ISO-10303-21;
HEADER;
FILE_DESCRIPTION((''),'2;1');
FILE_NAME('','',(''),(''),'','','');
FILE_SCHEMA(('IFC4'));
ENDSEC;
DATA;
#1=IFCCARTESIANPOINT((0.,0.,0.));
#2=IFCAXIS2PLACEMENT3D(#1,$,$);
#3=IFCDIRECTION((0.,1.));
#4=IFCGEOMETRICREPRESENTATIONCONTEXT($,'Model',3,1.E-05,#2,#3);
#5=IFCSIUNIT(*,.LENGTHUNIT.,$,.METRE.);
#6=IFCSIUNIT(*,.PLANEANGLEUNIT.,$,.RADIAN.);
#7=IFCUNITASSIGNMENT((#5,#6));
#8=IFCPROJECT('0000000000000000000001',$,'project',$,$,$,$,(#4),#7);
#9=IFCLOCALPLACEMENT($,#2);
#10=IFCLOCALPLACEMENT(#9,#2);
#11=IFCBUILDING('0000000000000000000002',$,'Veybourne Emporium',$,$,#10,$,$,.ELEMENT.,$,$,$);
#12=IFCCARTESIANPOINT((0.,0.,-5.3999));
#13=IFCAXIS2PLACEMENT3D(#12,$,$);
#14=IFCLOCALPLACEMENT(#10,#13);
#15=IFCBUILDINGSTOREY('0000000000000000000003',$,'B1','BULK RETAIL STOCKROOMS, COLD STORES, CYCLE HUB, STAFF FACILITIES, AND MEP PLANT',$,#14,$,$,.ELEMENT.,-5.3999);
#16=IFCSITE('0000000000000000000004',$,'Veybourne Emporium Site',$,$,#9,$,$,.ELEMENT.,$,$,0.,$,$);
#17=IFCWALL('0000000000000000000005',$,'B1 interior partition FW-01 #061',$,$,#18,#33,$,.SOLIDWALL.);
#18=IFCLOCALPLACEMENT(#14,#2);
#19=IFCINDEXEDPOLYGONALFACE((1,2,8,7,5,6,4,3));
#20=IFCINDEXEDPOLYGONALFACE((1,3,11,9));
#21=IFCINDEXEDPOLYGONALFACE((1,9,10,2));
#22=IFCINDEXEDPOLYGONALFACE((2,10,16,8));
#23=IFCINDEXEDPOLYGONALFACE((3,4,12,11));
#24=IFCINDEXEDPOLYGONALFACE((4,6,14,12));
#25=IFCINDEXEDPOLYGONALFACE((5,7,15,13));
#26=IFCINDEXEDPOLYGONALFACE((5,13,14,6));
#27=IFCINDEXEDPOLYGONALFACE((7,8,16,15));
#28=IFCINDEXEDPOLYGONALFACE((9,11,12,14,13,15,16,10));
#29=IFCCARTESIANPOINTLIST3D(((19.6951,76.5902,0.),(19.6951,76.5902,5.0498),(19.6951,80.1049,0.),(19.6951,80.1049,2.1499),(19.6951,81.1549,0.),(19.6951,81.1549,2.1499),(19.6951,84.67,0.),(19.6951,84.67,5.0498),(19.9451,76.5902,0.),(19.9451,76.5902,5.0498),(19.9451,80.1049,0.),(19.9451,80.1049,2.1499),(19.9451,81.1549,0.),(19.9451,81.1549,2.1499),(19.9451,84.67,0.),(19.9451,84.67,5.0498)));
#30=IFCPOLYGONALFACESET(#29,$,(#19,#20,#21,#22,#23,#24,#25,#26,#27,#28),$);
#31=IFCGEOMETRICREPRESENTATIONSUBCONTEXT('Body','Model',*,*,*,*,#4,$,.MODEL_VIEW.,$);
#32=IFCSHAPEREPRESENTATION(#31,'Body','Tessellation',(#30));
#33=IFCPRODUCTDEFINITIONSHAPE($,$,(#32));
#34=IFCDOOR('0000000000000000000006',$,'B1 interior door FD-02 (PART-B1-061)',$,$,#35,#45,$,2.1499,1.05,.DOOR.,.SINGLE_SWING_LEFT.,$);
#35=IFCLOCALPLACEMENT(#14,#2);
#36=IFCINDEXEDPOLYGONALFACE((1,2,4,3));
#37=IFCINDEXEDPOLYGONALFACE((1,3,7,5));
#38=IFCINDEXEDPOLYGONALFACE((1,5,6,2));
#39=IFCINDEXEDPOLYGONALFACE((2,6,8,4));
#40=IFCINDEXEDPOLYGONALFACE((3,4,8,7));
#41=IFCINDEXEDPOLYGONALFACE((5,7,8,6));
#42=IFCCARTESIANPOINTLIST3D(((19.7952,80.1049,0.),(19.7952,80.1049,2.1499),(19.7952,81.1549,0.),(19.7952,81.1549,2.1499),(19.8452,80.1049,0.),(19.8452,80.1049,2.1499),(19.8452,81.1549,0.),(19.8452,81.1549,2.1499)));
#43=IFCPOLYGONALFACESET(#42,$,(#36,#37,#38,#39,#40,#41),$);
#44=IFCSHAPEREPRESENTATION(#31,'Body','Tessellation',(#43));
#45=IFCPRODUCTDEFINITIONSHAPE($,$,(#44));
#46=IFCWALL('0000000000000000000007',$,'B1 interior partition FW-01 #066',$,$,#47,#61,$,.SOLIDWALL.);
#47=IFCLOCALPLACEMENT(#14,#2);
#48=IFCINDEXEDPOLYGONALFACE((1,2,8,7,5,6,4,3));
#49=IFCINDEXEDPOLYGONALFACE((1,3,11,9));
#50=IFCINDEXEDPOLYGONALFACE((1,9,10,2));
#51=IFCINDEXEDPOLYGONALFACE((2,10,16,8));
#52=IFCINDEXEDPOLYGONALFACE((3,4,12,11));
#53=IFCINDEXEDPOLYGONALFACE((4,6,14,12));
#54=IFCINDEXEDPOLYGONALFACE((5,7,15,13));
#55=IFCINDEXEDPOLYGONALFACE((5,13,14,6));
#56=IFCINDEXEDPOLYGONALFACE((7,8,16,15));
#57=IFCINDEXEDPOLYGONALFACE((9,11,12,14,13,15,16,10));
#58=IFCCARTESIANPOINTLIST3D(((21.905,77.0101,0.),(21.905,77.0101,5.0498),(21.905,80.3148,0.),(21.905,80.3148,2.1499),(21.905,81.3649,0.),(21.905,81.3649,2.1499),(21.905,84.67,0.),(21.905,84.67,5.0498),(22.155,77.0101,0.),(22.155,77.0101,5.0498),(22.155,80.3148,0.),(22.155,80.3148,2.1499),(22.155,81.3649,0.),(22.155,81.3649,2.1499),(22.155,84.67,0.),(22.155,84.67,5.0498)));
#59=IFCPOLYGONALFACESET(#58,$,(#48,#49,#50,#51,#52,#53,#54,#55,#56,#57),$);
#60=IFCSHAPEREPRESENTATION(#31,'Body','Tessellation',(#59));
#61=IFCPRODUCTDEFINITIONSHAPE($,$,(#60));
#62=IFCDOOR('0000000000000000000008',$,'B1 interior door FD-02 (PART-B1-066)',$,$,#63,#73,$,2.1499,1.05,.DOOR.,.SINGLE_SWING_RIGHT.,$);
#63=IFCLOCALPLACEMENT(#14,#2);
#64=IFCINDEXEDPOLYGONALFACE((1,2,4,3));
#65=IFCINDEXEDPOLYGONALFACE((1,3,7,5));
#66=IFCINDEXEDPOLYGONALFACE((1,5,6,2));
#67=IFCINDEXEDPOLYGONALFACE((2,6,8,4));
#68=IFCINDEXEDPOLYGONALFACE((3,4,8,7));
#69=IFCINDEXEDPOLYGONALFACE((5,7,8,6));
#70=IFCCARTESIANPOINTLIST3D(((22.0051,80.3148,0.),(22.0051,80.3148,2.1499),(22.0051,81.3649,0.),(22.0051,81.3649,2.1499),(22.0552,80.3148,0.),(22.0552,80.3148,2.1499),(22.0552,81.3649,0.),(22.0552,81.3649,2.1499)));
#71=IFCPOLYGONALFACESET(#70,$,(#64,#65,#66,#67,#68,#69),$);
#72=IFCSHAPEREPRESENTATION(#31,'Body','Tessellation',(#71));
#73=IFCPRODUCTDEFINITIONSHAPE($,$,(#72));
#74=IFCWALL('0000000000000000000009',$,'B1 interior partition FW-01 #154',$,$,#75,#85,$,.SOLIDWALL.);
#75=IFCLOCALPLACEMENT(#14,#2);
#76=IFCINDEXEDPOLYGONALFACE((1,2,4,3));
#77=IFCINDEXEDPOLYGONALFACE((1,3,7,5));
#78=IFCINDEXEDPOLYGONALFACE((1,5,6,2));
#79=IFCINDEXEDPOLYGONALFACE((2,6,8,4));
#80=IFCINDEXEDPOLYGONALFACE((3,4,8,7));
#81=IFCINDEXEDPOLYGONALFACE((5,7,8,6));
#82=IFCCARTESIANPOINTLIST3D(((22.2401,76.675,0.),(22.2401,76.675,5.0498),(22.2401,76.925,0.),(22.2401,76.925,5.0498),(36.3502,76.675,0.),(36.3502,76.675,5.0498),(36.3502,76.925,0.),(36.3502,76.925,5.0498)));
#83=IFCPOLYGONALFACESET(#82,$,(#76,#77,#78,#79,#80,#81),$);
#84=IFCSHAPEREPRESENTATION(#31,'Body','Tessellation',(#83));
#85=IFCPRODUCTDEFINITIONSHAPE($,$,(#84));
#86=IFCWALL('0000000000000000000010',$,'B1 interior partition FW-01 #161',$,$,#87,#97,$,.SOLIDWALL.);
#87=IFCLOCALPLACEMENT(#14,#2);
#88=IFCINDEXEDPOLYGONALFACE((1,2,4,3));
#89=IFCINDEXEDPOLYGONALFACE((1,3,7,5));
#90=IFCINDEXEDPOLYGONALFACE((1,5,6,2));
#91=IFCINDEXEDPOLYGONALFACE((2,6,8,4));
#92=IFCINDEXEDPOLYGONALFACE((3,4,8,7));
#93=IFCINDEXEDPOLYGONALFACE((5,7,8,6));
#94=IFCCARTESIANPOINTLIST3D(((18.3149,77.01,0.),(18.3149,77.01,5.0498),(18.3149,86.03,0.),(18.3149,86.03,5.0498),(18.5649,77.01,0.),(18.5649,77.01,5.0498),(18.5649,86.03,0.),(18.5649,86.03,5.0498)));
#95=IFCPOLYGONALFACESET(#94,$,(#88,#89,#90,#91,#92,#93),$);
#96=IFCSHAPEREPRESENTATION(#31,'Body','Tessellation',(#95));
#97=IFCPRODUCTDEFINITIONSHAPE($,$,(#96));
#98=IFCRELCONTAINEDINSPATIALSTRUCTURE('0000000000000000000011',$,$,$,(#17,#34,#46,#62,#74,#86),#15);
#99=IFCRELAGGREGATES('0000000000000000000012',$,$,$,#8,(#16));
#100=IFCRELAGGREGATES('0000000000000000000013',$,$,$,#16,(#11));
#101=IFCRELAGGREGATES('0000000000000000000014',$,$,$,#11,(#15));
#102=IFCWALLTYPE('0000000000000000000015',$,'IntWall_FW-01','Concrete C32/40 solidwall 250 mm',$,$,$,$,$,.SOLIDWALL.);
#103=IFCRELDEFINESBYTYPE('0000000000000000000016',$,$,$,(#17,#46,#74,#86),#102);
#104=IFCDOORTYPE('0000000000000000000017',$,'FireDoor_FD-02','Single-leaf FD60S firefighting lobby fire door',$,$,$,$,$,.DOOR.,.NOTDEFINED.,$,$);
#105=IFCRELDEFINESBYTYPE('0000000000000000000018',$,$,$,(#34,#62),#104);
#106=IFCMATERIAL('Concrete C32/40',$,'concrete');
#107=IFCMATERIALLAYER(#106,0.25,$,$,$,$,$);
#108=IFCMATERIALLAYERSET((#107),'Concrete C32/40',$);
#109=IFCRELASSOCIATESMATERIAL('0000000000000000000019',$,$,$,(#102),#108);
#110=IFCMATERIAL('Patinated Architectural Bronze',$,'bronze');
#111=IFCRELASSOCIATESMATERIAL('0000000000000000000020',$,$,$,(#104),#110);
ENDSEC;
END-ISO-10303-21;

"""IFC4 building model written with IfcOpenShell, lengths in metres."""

from ifc_helpers import new_model, si_unit, direction, frame, frame_2d, origin, place, context, subcontext, project, spatial, rectangle, extrude, material, layer, layer_set, type_object, element, fill, save


model = new_model("IFC4")

# Units and contexts
model_context = context("Model", 3, precision=1e-05, world=origin(), true_north=direction((0.0, 1.0)))
body_context = subcontext(model_context, "Body", "Model", "MODEL_VIEW")
ifc_project = project(units=[si_unit("LENGTHUNIT", "METRE"), si_unit("PLANEANGLEUNIT", "RADIAN")], contexts=[model_context])

# Site, building, storey
site_placement = place(None, origin())
site = spatial("IfcSite", under=ifc_project, at=site_placement, Name="Veybourne Emporium Site", CompositionType="ELEMENT", RefElevation=0.0)
building_placement = place(site_placement, origin())
building = spatial("IfcBuilding", under=site, at=building_placement, Name="Veybourne Emporium", CompositionType="ELEMENT")
storey_placement = place(building_placement, frame((0.0, 0.0, -5.3999)))
storey = spatial("IfcBuildingStorey", under=building, at=storey_placement, Name="B1", Description="BULK RETAIL STOCKROOMS, COLD STORES, CYCLE HUB, STAFF FACILITIES, AND MEP PLANT", CompositionType="ELEMENT", Elevation=-5.3999)

# Shared definitions
ifc_material_1 = material(Name="Concrete C32/40", Category="concrete")

# Walls, openings, doors
ifc_layer_1 = layer(ifc_material_1, 0.25)
ifc_layer_set_1 = layer_set([ifc_layer_1], Name="Concrete C32/40")
wall_type_1 = type_object("IfcWallType", Name="IntWall_FW-01", Description="Concrete C32/40 solidwall 250 mm", PredefinedType="SOLIDWALL", material=ifc_layer_set_1)
wall_1_placement = place(storey_placement, frame((19.8201, 76.5901, 0.0), z_axis=(0.0, 0.0, 1.0), x_axis=(0.0, 1.0, 0.0)))
wall_1 = element("IfcWall", 1, at=wall_1_placement, inside=storey, type_object=wall_type_1, Name="B1 interior partition FW-01 #061", PredefinedType="SOLIDWALL", context=body_context, shape_type="SweptSolid", body=[
    extrude(rectangle(XDim=8.0798, YDim=0.25, at=frame_2d((4.04, 0.0))), origin(), (0.0, 0.0, 1.0), 5.0498),
])
opening_1_placement = place(wall_1_placement, frame((3.5149, 0.0, 0.0)))
opening_1 = element("IfcOpeningElement", 2, at=opening_1_placement, cuts=wall_1, PredefinedType="OPENING", context=body_context, shape_type="SweptSolid", body=[
    extrude(rectangle(XDim=1.05, YDim=2.1499, at=frame_2d((0.5249, 1.075))), frame((0.0, 0.145, 0.0), z_axis=(0.0, -1.0, 0.0), x_axis=(1.0, 0.0, 0.0)), (0.0, 0.0, 1.0), 0.29),
])
ifc_material_2 = material(Name="Patinated Architectural Bronze", Category="bronze")
door_type = type_object("IfcDoorType", Name="FireDoor_FD-02", Description="Single-leaf FD60S firefighting lobby fire door", OperationType="NOTDEFINED", PredefinedType="DOOR", material=ifc_material_2)
door_1_placement = place(opening_1_placement, origin())
door_1 = element("IfcDoor", 3, at=door_1_placement, inside=storey, type_object=door_type, Name="B1 interior door FD-02 (PART-B1-061)", OperationType="SINGLE_SWING_LEFT", OverallHeight=2.1499, OverallWidth=1.05, PredefinedType="DOOR", context=body_context, shape_type="SweptSolid", body=[
    extrude(rectangle(XDim=1.05, YDim=2.1499, at=frame_2d((0.5249, 1.075))), frame((0.0, 0.0249, 0.0), z_axis=(0.0, -1.0, 0.0), x_axis=(1.0, 0.0, 0.0)), (0.0, 0.0, 1.0), 0.05),
])
fill(opening_1, door_1)
wall_2_placement = place(storey_placement, frame((22.03, 77.01, 0.0), z_axis=(0.0, 0.0, 1.0), x_axis=(0.0, 1.0, 0.0)))
wall_2 = element("IfcWall", 4, at=wall_2_placement, inside=storey, type_object=wall_type_1, Name="B1 interior partition FW-01 #066", PredefinedType="SOLIDWALL", context=body_context, shape_type="SweptSolid", body=[
    extrude(rectangle(XDim=7.6599, YDim=0.25, at=frame_2d((3.8301, 0.0))), origin(), (0.0, 0.0, 1.0), 5.0498),
])
opening_2_placement = place(wall_2_placement, frame((3.3049, 0.0, 0.0)))
opening_2 = element("IfcOpeningElement", 5, at=opening_2_placement, cuts=wall_2, PredefinedType="OPENING", context=body_context, shape_type="SweptSolid", body=[
    extrude(rectangle(XDim=1.05, YDim=2.1499, at=frame_2d((0.5249, 1.075))), frame((0.0, 0.145, 0.0), z_axis=(0.0, -1.0, 0.0), x_axis=(1.0, 0.0, 0.0)), (0.0, 0.0, 1.0), 0.29),
])
door_2_placement = place(opening_2_placement, origin())
door_2 = element("IfcDoor", 6, at=door_2_placement, inside=storey, type_object=door_type, Name="B1 interior door FD-02 (PART-B1-066)", OperationType="SINGLE_SWING_RIGHT", OverallHeight=2.1499, OverallWidth=1.05, PredefinedType="DOOR", context=body_context, shape_type="SweptSolid", body=[
    extrude(rectangle(XDim=1.05, YDim=2.1499, at=frame_2d((0.5249, 1.075))), frame((0.0, 0.0249, 0.0), z_axis=(0.0, -1.0, 0.0), x_axis=(1.0, 0.0, 0.0)), (0.0, 0.0, 1.0), 0.05),
])
fill(opening_2, door_2)

# Walls
wall_3_placement = place(storey_placement, frame((22.24, 76.8, 0.0), z_axis=(0.0, 0.0, 1.0), x_axis=(1.0, 0.0, 0.0)))
element("IfcWall", 7, at=wall_3_placement, inside=storey, type_object=wall_type_1, Name="B1 interior partition FW-01 #154", PredefinedType="SOLIDWALL", context=body_context, shape_type="SweptSolid", body=[
    extrude(rectangle(XDim=14.1101, YDim=0.25, at=frame_2d((7.0552, 0.0))), origin(), (0.0, 0.0, 1.0), 5.0498),
])
wall_4_placement = place(storey_placement, frame((18.4399, 77.01, 0.0), z_axis=(0.0, 0.0, 1.0), x_axis=(0.0, 1.0, 0.0)))
element("IfcWall", 8, at=wall_4_placement, inside=storey, type_object=wall_type_1, Name="B1 interior partition FW-01 #161", PredefinedType="SOLIDWALL", context=body_context, shape_type="SweptSolid", body=[
    extrude(rectangle(XDim=9.02, YDim=0.25, at=frame_2d((4.51, 0.0))), origin(), (0.0, 0.0, 1.0), 5.0498),
])

save(model, "model.ifc")
